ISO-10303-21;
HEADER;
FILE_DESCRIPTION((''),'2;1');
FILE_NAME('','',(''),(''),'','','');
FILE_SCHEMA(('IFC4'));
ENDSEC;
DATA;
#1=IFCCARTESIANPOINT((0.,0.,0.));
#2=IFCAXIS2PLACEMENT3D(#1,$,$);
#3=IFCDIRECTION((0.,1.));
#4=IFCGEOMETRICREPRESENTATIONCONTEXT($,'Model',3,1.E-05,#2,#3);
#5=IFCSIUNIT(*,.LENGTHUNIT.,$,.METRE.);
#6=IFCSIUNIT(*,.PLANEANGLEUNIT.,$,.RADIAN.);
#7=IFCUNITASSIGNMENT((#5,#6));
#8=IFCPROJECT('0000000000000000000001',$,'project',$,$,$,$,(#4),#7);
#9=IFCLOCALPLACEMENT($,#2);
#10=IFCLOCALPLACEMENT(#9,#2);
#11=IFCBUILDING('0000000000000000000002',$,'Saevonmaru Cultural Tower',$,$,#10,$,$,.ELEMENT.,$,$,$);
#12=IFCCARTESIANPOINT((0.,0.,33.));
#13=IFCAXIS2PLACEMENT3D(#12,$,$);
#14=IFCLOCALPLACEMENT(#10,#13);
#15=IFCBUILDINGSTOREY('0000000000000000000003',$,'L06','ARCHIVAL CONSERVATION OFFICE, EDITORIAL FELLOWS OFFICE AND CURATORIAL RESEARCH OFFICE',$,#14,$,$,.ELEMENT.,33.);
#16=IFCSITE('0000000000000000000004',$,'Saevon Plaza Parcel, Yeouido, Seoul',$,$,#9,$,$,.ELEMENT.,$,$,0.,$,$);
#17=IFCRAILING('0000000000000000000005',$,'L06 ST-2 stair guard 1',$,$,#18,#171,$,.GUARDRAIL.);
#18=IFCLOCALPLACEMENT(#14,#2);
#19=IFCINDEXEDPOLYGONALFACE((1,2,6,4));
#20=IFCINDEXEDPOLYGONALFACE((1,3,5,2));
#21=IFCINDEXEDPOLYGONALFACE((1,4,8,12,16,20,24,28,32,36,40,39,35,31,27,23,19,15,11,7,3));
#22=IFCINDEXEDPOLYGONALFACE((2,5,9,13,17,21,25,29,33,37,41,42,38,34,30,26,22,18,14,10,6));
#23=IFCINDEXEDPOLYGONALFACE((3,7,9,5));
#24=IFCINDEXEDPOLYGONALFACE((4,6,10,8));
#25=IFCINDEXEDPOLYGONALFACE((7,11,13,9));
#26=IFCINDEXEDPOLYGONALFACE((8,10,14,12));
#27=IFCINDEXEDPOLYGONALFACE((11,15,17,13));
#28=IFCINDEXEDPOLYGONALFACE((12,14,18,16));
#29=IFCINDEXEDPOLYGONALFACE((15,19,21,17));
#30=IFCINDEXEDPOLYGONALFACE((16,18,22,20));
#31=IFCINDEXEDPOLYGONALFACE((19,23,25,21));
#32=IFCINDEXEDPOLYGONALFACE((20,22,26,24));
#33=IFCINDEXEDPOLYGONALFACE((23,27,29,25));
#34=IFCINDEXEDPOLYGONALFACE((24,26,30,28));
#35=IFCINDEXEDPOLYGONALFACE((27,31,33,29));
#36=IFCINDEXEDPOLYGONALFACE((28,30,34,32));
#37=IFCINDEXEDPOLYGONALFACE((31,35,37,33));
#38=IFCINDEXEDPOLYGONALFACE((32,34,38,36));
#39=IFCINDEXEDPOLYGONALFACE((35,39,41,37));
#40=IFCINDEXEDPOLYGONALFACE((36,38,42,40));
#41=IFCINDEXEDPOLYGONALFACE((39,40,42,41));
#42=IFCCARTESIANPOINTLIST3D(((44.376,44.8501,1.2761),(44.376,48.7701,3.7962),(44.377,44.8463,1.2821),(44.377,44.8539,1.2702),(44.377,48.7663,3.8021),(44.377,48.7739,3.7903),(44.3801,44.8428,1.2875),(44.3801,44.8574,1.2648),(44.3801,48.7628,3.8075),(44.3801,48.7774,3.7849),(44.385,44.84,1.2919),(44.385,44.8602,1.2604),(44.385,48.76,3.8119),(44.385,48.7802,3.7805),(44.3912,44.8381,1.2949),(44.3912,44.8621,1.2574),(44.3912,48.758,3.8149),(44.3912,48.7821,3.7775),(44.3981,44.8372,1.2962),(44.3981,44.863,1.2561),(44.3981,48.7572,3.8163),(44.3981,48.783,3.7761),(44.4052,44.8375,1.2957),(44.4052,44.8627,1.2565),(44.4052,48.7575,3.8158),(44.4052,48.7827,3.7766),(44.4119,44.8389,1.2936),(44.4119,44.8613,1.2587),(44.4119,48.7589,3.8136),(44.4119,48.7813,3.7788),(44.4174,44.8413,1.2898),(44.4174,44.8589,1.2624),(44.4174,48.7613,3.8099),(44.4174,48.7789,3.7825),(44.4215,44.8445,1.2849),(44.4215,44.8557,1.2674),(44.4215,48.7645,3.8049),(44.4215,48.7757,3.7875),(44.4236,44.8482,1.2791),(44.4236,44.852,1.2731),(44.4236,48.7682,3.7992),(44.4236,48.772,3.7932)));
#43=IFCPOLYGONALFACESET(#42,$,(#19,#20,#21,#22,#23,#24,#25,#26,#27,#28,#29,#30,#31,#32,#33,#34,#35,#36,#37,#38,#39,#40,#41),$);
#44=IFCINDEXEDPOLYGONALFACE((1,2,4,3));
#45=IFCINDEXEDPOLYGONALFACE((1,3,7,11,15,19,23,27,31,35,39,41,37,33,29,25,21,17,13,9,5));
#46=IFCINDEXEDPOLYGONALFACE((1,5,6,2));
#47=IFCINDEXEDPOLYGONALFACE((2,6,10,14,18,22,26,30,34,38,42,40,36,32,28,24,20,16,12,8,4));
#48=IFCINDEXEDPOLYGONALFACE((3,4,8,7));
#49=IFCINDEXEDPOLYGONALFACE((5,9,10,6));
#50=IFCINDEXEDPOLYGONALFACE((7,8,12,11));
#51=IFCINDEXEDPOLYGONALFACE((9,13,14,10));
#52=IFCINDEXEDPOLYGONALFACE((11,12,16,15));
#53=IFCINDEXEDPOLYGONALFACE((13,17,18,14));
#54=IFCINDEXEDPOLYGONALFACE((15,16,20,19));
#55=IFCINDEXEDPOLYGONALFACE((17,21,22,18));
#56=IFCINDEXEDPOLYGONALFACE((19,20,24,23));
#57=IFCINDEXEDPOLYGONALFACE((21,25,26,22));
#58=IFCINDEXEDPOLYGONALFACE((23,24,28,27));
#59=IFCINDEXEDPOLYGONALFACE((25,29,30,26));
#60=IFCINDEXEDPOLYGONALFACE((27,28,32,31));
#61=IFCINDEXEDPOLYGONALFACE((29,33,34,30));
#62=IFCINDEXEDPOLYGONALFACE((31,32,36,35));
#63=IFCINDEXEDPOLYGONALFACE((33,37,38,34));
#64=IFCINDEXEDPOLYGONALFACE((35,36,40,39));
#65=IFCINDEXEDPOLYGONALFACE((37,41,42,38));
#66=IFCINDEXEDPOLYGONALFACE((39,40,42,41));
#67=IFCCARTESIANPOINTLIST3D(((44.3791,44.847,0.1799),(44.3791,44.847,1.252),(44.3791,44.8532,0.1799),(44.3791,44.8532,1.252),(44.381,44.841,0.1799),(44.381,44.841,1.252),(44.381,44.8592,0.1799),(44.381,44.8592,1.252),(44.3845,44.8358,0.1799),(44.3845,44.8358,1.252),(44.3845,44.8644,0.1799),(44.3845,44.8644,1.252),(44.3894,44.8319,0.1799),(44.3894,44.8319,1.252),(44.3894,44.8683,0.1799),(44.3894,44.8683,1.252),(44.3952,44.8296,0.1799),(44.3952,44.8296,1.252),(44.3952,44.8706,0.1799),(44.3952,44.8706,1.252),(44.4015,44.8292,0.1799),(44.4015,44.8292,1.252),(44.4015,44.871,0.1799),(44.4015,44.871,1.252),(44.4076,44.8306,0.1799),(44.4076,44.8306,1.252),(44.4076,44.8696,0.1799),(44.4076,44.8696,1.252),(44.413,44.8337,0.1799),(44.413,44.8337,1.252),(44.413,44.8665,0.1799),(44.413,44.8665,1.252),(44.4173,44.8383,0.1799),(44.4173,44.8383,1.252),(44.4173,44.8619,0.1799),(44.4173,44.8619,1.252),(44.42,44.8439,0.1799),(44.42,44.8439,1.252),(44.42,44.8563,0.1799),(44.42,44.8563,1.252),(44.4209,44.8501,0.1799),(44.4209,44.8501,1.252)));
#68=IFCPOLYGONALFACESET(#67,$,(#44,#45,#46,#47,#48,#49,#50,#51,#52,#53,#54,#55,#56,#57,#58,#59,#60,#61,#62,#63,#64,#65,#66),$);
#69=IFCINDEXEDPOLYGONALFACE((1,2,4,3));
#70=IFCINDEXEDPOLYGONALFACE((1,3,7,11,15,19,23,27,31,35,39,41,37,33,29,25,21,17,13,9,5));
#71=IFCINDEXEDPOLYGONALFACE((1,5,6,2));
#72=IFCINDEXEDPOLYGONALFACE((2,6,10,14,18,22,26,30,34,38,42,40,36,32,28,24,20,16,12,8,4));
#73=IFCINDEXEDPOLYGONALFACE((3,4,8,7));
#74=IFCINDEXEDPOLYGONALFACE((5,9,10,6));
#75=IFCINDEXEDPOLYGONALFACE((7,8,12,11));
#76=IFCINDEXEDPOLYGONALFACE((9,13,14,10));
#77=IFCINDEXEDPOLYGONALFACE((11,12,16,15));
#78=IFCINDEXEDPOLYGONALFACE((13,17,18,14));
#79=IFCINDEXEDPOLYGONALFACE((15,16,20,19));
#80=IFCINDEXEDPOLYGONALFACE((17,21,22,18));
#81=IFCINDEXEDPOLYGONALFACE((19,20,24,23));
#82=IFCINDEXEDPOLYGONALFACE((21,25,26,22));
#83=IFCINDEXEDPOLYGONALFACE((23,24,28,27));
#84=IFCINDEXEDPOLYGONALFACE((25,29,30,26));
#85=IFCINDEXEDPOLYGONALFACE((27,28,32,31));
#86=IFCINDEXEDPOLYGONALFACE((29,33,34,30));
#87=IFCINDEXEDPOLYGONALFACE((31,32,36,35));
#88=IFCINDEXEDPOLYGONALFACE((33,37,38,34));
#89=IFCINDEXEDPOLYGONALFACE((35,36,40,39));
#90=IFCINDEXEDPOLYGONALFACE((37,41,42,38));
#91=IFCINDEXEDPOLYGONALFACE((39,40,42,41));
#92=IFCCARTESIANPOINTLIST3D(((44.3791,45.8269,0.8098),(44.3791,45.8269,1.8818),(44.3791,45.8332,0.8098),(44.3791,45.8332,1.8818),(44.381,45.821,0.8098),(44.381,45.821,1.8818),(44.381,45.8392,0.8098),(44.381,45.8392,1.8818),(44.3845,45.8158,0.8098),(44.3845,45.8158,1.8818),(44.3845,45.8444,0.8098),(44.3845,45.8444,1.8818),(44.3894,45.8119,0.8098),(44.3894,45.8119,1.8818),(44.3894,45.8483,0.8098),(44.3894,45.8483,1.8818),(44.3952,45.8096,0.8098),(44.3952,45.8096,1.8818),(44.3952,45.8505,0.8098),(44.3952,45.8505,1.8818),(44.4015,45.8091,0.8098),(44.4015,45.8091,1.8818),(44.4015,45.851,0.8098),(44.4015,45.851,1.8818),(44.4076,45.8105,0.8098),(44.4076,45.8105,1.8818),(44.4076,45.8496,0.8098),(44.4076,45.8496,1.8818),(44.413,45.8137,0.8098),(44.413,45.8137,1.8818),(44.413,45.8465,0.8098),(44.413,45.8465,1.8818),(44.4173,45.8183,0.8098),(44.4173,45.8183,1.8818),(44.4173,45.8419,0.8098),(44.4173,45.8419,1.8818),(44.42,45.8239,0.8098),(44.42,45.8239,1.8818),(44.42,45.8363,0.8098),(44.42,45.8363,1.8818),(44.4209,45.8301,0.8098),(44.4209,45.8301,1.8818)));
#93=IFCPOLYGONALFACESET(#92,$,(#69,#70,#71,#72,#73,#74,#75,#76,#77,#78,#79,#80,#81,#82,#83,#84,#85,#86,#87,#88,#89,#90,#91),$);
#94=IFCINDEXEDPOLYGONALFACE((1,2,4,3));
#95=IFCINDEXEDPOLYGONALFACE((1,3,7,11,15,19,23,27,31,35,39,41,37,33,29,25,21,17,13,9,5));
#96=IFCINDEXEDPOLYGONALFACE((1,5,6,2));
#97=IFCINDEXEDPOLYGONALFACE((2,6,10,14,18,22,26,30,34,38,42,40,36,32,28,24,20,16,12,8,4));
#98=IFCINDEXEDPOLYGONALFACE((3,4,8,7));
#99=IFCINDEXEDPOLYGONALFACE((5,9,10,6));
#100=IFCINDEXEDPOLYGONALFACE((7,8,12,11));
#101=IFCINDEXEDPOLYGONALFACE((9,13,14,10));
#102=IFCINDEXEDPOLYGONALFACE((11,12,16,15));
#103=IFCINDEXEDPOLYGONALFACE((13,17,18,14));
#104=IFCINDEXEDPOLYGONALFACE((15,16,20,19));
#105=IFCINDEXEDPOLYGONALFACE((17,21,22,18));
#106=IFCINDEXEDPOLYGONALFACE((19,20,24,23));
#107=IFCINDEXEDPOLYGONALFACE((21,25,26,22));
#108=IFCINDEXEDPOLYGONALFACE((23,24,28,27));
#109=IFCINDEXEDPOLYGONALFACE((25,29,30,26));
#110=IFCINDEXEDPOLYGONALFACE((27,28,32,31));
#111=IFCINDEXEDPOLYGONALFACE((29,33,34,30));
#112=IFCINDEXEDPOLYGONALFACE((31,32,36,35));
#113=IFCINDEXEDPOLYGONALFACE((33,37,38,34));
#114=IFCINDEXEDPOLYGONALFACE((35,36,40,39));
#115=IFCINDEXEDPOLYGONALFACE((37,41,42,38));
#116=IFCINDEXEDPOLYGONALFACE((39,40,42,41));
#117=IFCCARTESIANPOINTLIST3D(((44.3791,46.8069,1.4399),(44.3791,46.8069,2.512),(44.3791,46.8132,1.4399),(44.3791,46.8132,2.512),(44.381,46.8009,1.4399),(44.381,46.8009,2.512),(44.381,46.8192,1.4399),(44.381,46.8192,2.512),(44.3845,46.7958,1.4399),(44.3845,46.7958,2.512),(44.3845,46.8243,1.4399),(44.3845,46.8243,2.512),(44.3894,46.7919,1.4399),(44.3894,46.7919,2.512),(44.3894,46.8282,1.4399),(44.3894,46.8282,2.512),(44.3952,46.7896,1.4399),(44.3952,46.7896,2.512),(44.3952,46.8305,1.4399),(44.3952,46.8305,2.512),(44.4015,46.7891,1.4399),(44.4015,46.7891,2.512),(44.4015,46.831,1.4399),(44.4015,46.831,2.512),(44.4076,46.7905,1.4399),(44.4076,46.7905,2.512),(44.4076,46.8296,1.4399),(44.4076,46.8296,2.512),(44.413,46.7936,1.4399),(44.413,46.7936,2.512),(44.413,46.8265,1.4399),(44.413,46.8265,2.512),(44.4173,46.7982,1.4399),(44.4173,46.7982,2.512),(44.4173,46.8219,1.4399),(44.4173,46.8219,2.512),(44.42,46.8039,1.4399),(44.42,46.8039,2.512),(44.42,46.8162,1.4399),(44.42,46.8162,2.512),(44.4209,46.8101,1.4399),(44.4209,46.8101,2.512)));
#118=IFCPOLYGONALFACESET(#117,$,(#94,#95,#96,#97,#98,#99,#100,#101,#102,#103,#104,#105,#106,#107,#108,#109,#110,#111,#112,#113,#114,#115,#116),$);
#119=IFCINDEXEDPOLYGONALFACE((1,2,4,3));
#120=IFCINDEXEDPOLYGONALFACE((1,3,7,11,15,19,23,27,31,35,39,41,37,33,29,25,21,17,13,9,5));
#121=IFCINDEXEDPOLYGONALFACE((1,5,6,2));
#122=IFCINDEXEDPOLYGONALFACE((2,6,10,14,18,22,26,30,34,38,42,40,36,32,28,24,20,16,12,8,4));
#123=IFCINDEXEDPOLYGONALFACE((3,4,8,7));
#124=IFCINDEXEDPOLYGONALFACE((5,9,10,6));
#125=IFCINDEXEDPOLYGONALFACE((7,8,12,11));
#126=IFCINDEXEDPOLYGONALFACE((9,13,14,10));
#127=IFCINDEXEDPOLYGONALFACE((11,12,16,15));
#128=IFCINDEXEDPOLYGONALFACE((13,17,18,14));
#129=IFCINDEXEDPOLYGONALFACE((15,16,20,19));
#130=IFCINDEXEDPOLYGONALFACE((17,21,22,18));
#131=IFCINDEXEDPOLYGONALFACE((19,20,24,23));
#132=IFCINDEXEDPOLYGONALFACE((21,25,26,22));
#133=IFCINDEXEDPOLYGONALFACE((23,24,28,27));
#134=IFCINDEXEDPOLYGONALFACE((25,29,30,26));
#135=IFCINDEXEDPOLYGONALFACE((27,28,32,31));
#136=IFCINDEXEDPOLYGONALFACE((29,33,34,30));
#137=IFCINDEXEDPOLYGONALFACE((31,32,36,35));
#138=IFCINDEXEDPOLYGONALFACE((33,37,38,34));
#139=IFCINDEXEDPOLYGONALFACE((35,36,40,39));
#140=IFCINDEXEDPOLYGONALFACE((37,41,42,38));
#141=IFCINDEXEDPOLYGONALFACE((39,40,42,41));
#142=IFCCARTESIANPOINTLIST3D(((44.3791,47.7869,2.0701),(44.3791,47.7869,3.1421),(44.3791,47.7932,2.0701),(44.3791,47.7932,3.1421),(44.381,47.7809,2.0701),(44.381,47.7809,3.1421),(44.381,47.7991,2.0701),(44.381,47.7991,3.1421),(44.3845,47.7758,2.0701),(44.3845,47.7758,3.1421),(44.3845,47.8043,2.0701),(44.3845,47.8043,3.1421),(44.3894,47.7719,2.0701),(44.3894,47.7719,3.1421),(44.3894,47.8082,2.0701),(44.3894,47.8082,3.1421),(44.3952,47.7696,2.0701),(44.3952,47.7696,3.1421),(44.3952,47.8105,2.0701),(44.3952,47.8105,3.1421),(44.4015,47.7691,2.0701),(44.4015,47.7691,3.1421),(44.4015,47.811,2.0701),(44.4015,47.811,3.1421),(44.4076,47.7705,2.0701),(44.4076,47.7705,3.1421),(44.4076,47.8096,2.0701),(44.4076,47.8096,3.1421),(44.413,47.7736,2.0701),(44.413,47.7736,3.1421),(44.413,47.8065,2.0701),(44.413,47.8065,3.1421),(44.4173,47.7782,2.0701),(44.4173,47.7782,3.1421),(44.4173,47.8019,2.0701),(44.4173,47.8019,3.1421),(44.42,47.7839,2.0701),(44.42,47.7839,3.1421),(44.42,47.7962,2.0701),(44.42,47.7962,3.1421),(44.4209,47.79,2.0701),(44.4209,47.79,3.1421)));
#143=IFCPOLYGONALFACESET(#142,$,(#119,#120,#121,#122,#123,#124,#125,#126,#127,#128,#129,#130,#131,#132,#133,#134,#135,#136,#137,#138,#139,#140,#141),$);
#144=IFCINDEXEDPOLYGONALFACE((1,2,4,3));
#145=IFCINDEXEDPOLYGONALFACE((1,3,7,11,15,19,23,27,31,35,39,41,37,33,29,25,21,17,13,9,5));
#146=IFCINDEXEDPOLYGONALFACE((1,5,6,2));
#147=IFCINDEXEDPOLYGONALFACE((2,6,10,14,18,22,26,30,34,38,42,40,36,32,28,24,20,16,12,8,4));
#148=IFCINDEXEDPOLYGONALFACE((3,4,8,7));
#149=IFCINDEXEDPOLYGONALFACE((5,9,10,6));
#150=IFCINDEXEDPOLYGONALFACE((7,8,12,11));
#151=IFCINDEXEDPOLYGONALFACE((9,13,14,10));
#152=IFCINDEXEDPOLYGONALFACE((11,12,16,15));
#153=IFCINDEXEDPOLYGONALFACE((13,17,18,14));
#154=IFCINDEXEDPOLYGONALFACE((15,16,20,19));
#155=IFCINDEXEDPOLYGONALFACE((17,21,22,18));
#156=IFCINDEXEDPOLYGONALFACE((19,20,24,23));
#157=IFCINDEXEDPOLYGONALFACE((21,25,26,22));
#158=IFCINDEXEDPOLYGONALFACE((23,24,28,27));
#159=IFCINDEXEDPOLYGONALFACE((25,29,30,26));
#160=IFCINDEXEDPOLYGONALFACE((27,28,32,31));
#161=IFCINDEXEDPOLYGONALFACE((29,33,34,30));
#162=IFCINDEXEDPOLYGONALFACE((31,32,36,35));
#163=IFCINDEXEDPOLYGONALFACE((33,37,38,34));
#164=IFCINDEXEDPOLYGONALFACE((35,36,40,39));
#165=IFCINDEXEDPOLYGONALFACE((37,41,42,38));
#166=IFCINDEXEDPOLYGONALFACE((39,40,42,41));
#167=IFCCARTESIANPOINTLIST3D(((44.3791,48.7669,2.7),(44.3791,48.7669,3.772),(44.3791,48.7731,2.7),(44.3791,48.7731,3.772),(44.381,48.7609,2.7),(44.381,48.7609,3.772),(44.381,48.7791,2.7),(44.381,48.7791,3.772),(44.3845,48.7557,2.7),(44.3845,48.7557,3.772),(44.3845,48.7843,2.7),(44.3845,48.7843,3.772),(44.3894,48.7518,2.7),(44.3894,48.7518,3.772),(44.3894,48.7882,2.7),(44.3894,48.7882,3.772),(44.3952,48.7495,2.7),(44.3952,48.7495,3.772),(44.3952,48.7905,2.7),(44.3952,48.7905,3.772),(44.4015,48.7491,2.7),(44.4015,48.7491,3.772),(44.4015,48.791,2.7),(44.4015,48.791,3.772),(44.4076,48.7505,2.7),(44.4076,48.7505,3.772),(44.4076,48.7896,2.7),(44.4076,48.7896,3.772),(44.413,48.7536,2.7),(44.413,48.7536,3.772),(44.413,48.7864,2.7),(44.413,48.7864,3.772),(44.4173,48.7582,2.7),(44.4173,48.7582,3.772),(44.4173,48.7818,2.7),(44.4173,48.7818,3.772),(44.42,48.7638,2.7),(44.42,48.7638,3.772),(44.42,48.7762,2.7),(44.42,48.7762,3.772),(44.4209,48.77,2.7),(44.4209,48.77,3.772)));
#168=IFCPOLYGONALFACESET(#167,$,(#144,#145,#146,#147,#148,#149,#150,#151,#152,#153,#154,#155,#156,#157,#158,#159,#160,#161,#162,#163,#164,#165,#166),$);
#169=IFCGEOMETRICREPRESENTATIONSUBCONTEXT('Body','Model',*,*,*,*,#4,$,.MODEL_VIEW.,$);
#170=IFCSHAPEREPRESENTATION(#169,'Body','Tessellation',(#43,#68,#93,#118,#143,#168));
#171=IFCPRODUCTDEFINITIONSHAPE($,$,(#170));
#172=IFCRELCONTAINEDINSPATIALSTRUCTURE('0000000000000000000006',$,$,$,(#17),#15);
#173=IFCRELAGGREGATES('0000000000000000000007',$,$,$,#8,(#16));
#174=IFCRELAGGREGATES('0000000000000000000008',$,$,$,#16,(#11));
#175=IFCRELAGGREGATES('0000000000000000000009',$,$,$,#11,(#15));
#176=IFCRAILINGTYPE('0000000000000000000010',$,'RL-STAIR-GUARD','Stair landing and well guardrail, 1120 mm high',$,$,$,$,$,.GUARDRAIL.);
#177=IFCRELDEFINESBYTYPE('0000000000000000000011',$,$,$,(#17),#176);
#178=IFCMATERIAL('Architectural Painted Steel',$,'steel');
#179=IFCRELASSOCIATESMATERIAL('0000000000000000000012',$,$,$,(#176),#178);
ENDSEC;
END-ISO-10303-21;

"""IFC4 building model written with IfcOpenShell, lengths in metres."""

from ifc_helpers import new_model, si_unit, direction, frame, origin, origin_2d, place, context, subcontext, project, spatial, circle, extrude, material, type_object, element, save


model = new_model("IFC4")

# Units and contexts
model_context = context("Model", 3, precision=1e-05, world=origin(), true_north=direction((0.0, 1.0)))
body_context = subcontext(model_context, "Body", "Model", "MODEL_VIEW")
ifc_project = project(units=[si_unit("LENGTHUNIT", "METRE"), si_unit("PLANEANGLEUNIT", "RADIAN")], contexts=[model_context])

# Site, building, storey
site_placement = place(None, origin())
site = spatial("IfcSite", under=ifc_project, at=site_placement, Name="Saevon Plaza Parcel, Yeouido, Seoul", CompositionType="ELEMENT", RefElevation=0.0)
building_placement = place(site_placement, origin())
building = spatial("IfcBuilding", under=site, at=building_placement, Name="Saevonmaru Cultural Tower", CompositionType="ELEMENT")
storey_placement = place(building_placement, frame((0.0, 0.0, 33.0)))
storey = spatial("IfcBuildingStorey", under=building, at=storey_placement, Name="L06", Description="ARCHIVAL CONSERVATION OFFICE, EDITORIAL FELLOWS OFFICE AND CURATORIAL RESEARCH OFFICE", CompositionType="ELEMENT", Elevation=33.0)

# Railing
ifc_material_1 = material(Name="Architectural Painted Steel", Category="steel")
railing_type_1 = type_object("IfcRailingType", Name="RL-STAIR-GUARD", Description="Stair landing and well guardrail, 1120 mm high", PredefinedType="GUARDRAIL", material=ifc_material_1)
railing_1_placement = place(storey_placement, frame((44.3999, 44.8501, 0.1799)))
element("IfcRailing", 1, at=railing_1_placement, inside=storey, type_object=railing_type_1, Name="L06 ST-2 stair guard 1", PredefinedType="GUARDRAIL", context=body_context, shape_type="SweptSolid", body=[
    extrude(circle(Radius=0.0239, at=origin_2d()), frame((0.0, 0.0, 1.0962), z_axis=(0.0, 0.841172, 0.540768), x_axis=(-1.0, 0.0, 0.0)), (0.0, 0.0, 1.0), 4.6602),
    extrude(circle(Radius=0.021, at=origin_2d()), origin(), (0.0, 0.0, 1.0), 1.072),
    extrude(circle(Radius=0.021, at=origin_2d()), frame((0.0, 0.98, 0.6299)), (0.0, 0.0, 1.0), 1.072),
    extrude(circle(Radius=0.021, at=origin_2d()), frame((0.0, 1.96, 1.26)), (0.0, 0.0, 1.0), 1.072),
    extrude(circle(Radius=0.021, at=origin_2d()), frame((0.0, 2.9399, 1.8901)), (0.0, 0.0, 1.0), 1.072),
    extrude(circle(Radius=0.021, at=origin_2d()), frame((0.0, 3.9199, 2.52)), (0.0, 0.0, 1.0), 1.072),
])

save(model, "model.ifc")
